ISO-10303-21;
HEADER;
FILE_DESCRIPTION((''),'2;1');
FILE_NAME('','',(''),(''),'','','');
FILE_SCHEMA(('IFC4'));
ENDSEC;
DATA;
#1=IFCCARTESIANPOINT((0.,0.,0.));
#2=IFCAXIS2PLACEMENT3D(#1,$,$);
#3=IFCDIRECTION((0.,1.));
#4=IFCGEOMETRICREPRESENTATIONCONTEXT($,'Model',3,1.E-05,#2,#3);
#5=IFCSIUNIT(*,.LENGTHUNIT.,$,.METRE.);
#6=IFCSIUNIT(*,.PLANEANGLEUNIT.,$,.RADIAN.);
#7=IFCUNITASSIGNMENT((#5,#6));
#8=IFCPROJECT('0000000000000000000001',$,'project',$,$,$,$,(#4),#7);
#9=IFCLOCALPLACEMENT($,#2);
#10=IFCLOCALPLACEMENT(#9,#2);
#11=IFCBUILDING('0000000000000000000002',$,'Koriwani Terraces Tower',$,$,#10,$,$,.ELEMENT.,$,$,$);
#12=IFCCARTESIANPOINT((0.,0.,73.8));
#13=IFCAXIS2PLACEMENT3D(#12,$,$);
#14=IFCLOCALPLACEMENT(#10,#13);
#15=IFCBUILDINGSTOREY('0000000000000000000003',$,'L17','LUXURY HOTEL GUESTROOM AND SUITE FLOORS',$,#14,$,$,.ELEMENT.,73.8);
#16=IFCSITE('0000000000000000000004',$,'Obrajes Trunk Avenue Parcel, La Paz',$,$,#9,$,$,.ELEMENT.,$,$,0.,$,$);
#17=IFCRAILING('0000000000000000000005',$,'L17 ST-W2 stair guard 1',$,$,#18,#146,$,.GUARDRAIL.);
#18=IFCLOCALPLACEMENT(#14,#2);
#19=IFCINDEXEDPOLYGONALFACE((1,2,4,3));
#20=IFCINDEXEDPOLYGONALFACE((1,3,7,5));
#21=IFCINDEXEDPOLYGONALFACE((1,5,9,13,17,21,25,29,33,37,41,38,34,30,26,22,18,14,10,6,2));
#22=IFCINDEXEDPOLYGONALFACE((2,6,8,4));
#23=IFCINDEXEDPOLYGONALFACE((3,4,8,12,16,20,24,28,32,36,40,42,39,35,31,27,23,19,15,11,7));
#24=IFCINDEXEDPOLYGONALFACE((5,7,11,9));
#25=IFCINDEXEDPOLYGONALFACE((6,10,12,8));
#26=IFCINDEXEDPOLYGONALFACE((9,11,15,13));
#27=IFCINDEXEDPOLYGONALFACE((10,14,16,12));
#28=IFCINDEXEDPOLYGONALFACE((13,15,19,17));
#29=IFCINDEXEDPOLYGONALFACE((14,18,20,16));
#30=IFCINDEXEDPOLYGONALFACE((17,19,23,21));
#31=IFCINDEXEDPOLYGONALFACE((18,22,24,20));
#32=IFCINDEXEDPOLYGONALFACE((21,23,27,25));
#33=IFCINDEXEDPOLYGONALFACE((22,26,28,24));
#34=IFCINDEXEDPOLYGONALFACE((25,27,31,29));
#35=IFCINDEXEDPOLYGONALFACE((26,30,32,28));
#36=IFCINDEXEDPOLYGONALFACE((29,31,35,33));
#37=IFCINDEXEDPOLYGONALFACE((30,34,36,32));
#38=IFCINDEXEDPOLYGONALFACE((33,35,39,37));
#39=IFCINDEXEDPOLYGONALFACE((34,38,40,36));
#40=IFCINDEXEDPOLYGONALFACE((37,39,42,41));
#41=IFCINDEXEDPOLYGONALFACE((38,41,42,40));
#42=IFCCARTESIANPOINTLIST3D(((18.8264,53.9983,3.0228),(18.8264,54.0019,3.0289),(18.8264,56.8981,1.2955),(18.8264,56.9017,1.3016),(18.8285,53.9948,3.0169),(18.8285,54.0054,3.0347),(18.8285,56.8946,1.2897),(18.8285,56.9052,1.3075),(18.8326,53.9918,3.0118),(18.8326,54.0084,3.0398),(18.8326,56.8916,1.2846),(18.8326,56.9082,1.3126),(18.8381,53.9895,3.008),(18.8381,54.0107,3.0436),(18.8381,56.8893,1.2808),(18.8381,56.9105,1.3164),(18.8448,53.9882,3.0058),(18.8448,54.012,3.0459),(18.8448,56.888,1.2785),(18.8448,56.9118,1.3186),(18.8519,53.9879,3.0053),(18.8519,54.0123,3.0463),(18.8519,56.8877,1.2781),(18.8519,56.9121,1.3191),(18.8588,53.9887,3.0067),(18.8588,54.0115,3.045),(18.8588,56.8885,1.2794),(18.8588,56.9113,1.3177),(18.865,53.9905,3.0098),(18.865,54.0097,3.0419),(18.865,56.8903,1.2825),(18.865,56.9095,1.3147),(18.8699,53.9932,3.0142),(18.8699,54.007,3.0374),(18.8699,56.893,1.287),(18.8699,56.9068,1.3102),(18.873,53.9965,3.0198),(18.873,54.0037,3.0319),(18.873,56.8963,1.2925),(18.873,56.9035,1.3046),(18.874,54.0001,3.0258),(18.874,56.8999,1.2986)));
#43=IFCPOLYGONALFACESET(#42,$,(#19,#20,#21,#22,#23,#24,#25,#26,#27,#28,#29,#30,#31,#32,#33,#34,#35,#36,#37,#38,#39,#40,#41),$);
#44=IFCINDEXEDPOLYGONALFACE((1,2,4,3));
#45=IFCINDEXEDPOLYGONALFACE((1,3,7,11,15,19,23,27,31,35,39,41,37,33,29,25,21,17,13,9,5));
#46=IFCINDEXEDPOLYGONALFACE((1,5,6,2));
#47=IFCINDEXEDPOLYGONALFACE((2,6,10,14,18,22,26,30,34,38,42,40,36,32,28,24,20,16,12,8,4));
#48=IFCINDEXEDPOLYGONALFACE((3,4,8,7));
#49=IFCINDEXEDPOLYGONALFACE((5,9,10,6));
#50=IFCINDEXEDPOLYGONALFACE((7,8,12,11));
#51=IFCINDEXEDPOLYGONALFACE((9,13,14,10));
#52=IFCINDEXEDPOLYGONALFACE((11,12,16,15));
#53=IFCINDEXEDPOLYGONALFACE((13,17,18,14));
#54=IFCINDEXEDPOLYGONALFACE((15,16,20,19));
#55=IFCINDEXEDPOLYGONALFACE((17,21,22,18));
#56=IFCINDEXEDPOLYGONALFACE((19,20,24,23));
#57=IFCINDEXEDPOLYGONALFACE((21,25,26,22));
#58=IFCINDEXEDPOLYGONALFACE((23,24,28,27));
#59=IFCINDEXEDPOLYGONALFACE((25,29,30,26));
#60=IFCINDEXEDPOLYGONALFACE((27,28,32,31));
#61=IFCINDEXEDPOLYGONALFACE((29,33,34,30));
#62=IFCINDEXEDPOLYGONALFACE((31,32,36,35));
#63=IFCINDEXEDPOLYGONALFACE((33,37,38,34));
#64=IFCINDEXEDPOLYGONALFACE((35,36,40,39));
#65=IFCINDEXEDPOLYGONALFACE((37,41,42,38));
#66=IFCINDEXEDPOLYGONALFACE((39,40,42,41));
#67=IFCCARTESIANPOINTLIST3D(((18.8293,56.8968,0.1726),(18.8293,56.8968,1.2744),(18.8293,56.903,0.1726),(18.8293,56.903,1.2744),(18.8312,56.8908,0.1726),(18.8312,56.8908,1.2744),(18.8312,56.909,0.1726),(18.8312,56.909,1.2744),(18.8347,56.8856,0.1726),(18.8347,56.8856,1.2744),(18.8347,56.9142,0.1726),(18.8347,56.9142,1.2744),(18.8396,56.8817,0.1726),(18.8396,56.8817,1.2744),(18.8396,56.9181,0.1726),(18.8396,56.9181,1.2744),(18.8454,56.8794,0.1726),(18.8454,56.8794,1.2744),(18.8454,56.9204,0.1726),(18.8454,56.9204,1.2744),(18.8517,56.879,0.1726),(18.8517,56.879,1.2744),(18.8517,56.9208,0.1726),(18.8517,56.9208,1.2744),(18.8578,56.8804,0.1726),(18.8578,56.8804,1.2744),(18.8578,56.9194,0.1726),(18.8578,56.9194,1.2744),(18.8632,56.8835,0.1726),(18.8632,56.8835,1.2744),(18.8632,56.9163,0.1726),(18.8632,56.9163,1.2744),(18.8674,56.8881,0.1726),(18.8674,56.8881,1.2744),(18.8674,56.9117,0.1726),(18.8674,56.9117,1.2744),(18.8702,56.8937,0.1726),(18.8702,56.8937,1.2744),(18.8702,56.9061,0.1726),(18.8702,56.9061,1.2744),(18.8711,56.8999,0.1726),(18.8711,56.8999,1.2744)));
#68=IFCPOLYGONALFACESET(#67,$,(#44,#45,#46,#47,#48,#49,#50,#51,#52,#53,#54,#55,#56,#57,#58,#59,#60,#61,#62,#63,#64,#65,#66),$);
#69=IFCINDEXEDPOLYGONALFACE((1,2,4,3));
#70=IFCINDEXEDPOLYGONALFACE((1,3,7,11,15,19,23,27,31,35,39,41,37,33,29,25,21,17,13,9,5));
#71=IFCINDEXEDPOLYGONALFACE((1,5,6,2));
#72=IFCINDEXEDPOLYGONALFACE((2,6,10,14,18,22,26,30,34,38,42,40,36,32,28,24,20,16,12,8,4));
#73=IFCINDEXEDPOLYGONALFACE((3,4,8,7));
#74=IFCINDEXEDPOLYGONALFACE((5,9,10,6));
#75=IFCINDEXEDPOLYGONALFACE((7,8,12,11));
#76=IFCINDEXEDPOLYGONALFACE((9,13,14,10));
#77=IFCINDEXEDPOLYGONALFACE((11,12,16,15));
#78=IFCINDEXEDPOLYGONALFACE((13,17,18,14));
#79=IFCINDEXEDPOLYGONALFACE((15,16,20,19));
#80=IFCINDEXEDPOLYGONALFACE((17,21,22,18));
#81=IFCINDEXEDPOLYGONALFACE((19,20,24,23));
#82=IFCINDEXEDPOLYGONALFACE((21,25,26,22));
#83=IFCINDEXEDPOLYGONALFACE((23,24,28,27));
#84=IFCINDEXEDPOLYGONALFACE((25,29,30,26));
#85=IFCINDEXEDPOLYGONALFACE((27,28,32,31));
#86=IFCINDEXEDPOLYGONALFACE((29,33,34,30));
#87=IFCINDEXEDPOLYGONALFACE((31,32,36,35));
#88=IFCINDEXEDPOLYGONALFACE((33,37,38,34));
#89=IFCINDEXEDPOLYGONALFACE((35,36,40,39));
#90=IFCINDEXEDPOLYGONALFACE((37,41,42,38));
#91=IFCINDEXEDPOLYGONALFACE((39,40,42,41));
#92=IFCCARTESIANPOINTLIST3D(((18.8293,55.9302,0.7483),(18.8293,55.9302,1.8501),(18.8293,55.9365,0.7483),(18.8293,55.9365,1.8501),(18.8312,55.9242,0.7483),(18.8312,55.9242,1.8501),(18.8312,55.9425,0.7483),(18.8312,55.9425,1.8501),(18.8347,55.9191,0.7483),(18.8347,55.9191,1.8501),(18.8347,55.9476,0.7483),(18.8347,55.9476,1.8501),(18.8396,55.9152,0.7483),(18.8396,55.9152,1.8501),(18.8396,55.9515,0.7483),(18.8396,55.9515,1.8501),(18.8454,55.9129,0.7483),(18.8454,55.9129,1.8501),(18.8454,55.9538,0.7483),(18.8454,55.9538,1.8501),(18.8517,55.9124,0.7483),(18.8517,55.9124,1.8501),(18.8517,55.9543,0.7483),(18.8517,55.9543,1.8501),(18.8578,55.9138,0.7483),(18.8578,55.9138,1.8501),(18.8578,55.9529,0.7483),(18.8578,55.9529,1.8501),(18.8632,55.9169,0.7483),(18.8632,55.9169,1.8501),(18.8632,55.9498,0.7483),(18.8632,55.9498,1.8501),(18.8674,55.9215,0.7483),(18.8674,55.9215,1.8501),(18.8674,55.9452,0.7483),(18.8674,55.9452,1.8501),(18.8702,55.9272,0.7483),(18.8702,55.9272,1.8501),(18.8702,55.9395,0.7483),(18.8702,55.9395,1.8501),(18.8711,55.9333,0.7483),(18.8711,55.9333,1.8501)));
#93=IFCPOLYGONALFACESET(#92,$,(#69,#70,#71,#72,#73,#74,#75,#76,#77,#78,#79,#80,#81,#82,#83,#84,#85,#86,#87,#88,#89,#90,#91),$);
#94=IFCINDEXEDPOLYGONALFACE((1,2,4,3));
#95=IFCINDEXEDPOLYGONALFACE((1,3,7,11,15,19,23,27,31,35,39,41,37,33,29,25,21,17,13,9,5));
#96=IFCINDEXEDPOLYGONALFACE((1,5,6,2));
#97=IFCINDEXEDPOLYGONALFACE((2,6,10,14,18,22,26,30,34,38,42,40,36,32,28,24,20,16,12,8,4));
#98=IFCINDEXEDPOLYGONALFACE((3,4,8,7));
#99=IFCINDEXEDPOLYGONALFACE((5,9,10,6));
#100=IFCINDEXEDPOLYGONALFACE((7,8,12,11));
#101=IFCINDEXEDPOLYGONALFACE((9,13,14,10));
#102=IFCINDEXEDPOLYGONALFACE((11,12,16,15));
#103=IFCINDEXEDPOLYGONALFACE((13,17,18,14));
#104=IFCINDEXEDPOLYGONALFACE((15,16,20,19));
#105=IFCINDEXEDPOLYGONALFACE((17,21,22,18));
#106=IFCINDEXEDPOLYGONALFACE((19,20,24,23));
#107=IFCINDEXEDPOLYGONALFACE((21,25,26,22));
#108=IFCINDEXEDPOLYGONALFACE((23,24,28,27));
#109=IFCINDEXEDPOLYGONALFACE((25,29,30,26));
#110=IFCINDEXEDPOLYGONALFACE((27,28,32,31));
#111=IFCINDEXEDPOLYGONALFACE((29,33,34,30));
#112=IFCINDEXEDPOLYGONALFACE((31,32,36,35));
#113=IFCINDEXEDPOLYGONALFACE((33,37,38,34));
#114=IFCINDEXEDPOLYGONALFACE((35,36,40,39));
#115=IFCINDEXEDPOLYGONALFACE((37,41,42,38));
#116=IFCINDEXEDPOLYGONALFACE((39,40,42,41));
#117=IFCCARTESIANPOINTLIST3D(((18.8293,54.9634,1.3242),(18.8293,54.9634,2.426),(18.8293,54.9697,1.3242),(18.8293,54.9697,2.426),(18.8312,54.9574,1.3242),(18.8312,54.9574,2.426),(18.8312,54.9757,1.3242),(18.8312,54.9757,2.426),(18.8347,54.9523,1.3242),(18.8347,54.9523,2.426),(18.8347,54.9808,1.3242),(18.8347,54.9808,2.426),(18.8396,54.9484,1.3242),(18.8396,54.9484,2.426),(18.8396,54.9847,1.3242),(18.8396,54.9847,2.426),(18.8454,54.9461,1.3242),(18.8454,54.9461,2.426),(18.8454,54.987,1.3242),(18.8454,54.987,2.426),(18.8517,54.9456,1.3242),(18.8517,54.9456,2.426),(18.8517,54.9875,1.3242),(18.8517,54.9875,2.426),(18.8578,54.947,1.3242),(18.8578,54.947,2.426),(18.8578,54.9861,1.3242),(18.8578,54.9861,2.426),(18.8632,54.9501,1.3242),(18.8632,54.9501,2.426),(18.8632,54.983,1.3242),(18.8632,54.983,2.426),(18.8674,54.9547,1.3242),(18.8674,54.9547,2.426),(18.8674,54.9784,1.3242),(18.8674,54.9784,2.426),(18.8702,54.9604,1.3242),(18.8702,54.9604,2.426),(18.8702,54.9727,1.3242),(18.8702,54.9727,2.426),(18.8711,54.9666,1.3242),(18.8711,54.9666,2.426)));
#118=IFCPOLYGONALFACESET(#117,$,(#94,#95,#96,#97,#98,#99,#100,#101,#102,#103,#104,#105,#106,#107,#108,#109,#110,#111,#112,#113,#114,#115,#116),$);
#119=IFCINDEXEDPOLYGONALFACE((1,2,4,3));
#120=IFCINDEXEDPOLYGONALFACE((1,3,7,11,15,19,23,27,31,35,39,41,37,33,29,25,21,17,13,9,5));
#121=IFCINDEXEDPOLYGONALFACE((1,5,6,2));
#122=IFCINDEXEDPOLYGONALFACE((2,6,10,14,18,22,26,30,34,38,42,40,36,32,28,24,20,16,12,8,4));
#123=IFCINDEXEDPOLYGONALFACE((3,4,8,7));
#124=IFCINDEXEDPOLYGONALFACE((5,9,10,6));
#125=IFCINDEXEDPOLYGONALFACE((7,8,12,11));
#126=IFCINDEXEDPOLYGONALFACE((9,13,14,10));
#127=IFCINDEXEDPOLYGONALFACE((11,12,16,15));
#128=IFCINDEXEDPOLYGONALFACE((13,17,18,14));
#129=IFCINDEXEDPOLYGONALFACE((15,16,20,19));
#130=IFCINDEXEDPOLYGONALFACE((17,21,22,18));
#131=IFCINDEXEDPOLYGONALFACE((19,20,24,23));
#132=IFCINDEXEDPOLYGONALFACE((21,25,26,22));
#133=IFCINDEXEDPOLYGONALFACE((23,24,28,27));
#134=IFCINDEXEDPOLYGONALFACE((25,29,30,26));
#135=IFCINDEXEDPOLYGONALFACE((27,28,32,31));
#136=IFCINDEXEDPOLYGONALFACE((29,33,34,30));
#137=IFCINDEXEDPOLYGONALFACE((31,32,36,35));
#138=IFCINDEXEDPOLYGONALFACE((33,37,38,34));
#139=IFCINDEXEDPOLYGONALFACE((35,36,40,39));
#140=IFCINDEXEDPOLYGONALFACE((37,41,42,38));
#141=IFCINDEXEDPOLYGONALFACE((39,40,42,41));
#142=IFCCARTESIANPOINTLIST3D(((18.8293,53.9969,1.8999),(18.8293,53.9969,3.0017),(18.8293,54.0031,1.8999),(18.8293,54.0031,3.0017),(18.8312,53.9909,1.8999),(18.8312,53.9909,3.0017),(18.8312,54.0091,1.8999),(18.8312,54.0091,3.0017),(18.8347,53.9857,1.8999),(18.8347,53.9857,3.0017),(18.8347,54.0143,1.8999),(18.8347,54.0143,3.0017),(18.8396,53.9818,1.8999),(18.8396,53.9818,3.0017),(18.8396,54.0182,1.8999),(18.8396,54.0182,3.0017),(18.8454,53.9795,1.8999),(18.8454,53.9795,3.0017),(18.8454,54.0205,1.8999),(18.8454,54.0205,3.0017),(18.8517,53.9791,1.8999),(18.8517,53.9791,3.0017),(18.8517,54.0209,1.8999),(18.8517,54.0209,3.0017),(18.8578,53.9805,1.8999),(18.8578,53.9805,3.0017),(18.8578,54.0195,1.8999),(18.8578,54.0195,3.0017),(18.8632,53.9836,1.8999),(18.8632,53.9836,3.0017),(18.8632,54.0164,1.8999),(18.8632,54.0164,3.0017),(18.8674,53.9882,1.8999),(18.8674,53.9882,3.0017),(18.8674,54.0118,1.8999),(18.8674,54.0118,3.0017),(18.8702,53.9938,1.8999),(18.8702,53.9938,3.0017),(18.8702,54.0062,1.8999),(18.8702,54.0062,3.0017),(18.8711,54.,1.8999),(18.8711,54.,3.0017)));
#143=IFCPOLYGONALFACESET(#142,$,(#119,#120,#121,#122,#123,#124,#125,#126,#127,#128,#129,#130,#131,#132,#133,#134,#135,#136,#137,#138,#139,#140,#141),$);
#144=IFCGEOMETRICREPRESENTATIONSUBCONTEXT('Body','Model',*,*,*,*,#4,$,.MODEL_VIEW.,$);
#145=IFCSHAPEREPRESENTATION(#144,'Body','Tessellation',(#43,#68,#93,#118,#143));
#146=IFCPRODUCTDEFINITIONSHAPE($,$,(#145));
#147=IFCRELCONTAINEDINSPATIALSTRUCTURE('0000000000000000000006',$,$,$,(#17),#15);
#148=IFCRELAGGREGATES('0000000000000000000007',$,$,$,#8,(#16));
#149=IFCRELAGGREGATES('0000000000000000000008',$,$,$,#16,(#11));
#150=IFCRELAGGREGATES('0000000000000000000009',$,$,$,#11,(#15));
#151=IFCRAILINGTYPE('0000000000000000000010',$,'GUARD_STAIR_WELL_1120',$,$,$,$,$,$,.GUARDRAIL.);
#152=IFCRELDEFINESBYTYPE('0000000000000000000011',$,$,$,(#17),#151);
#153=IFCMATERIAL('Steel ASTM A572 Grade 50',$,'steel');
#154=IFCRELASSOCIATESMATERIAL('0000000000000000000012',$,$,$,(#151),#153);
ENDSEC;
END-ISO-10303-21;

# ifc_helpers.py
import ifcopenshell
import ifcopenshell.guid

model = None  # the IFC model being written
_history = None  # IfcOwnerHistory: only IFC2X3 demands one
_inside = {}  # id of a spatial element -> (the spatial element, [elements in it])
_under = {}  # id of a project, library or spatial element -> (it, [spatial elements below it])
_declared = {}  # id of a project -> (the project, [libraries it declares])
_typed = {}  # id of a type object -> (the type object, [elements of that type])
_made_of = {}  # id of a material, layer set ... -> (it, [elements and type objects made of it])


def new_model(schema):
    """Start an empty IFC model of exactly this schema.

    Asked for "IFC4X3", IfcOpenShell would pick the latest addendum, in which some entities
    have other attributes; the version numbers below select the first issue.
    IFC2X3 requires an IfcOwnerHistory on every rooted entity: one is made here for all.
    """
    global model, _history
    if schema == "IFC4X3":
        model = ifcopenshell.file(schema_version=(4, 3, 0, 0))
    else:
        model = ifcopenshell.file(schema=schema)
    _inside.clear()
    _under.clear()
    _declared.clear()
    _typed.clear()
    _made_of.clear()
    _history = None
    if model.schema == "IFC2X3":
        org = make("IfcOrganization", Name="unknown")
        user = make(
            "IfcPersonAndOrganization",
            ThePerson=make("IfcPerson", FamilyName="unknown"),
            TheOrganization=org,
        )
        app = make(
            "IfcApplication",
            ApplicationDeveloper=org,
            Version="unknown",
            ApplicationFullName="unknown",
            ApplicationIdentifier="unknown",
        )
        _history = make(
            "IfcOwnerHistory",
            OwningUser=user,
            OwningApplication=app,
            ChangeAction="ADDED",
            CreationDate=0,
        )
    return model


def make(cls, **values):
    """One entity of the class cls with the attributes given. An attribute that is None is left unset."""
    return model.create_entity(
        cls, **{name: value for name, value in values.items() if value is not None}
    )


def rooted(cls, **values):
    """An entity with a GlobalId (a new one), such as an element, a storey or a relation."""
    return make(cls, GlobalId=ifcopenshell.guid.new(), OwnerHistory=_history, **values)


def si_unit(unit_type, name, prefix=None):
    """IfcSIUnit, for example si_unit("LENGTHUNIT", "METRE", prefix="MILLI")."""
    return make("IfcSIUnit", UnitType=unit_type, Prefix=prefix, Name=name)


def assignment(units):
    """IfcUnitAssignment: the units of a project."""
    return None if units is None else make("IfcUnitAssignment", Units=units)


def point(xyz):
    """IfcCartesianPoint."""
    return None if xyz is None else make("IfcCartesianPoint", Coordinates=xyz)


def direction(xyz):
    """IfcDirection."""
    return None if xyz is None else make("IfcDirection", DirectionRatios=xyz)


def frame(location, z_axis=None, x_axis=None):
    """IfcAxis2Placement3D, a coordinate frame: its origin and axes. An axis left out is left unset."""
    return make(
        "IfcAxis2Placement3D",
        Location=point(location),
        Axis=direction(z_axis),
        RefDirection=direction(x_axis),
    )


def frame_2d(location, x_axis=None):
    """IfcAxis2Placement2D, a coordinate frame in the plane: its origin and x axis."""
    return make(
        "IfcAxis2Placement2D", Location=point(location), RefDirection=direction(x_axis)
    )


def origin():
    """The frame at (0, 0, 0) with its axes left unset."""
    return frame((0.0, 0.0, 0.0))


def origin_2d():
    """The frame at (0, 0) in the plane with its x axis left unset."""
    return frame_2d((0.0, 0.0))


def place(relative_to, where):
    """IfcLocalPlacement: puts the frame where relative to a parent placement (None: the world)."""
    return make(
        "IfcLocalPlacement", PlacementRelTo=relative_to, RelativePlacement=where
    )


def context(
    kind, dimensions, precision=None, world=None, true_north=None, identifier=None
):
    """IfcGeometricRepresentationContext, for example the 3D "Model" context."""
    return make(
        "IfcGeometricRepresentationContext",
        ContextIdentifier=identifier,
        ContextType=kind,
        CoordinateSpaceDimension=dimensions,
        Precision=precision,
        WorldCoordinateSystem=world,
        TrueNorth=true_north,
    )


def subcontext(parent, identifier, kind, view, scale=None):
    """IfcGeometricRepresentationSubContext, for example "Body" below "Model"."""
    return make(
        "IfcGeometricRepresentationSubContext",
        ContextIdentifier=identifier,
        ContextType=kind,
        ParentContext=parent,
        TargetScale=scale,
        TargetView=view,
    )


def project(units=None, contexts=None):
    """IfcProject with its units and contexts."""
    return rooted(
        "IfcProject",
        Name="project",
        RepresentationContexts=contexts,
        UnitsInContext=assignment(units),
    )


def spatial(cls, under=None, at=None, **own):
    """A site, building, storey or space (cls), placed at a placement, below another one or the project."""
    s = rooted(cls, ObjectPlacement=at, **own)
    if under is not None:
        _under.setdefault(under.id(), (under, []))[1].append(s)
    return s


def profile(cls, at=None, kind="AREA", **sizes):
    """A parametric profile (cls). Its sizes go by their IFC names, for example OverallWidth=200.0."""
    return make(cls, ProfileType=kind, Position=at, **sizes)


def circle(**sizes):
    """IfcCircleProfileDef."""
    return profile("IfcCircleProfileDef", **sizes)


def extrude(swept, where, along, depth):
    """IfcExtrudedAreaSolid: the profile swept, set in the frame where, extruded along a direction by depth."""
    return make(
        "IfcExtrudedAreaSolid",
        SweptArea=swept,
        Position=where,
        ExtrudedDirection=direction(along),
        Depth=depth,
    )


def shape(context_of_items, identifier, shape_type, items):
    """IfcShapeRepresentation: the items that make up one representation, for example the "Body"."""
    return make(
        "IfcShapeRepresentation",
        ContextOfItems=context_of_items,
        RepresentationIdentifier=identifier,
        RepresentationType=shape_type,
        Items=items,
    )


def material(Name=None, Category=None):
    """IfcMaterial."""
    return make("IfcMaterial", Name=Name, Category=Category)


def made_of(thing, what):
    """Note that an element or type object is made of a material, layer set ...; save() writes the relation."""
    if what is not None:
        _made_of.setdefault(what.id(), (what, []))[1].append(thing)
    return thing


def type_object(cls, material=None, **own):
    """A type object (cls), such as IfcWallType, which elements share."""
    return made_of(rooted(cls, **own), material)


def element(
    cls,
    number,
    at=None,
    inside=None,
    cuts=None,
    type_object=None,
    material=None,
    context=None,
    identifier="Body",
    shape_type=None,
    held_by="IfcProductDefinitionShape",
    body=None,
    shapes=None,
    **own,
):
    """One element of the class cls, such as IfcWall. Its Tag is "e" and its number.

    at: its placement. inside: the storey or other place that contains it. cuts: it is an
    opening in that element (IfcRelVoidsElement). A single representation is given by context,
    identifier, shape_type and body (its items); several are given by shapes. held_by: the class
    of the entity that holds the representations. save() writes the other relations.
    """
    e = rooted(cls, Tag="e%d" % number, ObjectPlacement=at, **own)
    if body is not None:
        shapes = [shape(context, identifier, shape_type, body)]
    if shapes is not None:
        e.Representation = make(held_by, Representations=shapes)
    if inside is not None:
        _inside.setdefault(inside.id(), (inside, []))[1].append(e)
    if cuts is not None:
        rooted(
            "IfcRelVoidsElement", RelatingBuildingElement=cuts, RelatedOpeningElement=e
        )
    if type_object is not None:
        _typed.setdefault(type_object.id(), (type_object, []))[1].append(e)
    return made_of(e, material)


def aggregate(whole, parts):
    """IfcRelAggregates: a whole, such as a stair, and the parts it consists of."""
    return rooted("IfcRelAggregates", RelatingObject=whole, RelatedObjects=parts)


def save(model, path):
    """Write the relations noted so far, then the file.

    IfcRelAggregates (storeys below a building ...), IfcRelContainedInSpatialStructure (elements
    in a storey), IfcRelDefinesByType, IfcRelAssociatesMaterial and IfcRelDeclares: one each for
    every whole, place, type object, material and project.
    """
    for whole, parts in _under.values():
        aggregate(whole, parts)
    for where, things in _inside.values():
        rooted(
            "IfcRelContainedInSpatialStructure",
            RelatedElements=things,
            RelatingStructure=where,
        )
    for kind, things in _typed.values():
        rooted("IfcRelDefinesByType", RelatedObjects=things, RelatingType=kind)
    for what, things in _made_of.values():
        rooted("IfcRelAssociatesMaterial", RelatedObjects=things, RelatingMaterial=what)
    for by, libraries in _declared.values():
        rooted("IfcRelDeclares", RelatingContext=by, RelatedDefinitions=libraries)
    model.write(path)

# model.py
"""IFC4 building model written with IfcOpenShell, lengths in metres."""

from ifc_helpers import new_model, si_unit, direction, frame, origin, origin_2d, place, context, subcontext, project, spatial, circle, extrude, material, type_object, element, save


model = new_model("IFC4")

# Units and contexts
model_context = context("Model", 3, precision=1e-05, world=origin(), true_north=direction((0.0, 1.0)))
body_context = subcontext(model_context, "Body", "Model", "MODEL_VIEW")
ifc_project = project(units=[si_unit("LENGTHUNIT", "METRE"), si_unit("PLANEANGLEUNIT", "RADIAN")], contexts=[model_context])

# Site, building, storey
site_placement = place(None, origin())
site = spatial("IfcSite", under=ifc_project, at=site_placement, Name="Obrajes Trunk Avenue Parcel, La Paz", CompositionType="ELEMENT", RefElevation=0.0)
building_placement = place(site_placement, origin())
building = spatial("IfcBuilding", under=site, at=building_placement, Name="Koriwani Terraces Tower", CompositionType="ELEMENT")
storey_placement = place(building_placement, frame((0.0, 0.0, 73.8)))
storey = spatial("IfcBuildingStorey", under=building, at=storey_placement, Name="L17", Description="LUXURY HOTEL GUESTROOM AND SUITE FLOORS", CompositionType="ELEMENT", Elevation=73.8)

# Shared definitions
ifc_material_1 = material(Name="Steel ASTM A572 Grade 50", Category="steel")

# Railing
railing_type_1 = type_object("IfcRailingType", Name="GUARD_STAIR_WELL_1120", PredefinedType="GUARDRAIL", material=ifc_material_1)
for number, where, name in (
    (1, (18.8501, 56.8999, 0.1726), "L17 ST-W2 stair guard 1"),
):
    element("IfcRailing", number, at=place(storey_placement, frame(where)), inside=storey, type_object=railing_type_1, Name=name, PredefinedType="GUARDRAIL", context=body_context, shape_type="SweptSolid", body=[
        extrude(circle(Radius=0.0239, at=origin_2d()), frame((0.0, 0.0, 1.126), z_axis=(0.0, -0.859141, 0.511738), x_axis=(1.0, 0.0, 0.0)), (0.0, 0.0, 1.0), 3.3752),
        extrude(circle(Radius=0.021, at=origin_2d()), origin(), (0.0, 0.0, 1.0), 1.1018),
        extrude(circle(Radius=0.021, at=origin_2d()), frame((0.0, -0.9666, 0.5757)), (0.0, 0.0, 1.0), 1.1018),
        extrude(circle(Radius=0.021, at=origin_2d()), frame((0.0, -1.9333, 1.1516)), (0.0, 0.0, 1.0), 1.1018),
        extrude(circle(Radius=0.021, at=origin_2d()), frame((0.0, -2.8999, 1.7273)), (0.0, 0.0, 1.0), 1.1018),
    ])

save(model, "model.ifc")
